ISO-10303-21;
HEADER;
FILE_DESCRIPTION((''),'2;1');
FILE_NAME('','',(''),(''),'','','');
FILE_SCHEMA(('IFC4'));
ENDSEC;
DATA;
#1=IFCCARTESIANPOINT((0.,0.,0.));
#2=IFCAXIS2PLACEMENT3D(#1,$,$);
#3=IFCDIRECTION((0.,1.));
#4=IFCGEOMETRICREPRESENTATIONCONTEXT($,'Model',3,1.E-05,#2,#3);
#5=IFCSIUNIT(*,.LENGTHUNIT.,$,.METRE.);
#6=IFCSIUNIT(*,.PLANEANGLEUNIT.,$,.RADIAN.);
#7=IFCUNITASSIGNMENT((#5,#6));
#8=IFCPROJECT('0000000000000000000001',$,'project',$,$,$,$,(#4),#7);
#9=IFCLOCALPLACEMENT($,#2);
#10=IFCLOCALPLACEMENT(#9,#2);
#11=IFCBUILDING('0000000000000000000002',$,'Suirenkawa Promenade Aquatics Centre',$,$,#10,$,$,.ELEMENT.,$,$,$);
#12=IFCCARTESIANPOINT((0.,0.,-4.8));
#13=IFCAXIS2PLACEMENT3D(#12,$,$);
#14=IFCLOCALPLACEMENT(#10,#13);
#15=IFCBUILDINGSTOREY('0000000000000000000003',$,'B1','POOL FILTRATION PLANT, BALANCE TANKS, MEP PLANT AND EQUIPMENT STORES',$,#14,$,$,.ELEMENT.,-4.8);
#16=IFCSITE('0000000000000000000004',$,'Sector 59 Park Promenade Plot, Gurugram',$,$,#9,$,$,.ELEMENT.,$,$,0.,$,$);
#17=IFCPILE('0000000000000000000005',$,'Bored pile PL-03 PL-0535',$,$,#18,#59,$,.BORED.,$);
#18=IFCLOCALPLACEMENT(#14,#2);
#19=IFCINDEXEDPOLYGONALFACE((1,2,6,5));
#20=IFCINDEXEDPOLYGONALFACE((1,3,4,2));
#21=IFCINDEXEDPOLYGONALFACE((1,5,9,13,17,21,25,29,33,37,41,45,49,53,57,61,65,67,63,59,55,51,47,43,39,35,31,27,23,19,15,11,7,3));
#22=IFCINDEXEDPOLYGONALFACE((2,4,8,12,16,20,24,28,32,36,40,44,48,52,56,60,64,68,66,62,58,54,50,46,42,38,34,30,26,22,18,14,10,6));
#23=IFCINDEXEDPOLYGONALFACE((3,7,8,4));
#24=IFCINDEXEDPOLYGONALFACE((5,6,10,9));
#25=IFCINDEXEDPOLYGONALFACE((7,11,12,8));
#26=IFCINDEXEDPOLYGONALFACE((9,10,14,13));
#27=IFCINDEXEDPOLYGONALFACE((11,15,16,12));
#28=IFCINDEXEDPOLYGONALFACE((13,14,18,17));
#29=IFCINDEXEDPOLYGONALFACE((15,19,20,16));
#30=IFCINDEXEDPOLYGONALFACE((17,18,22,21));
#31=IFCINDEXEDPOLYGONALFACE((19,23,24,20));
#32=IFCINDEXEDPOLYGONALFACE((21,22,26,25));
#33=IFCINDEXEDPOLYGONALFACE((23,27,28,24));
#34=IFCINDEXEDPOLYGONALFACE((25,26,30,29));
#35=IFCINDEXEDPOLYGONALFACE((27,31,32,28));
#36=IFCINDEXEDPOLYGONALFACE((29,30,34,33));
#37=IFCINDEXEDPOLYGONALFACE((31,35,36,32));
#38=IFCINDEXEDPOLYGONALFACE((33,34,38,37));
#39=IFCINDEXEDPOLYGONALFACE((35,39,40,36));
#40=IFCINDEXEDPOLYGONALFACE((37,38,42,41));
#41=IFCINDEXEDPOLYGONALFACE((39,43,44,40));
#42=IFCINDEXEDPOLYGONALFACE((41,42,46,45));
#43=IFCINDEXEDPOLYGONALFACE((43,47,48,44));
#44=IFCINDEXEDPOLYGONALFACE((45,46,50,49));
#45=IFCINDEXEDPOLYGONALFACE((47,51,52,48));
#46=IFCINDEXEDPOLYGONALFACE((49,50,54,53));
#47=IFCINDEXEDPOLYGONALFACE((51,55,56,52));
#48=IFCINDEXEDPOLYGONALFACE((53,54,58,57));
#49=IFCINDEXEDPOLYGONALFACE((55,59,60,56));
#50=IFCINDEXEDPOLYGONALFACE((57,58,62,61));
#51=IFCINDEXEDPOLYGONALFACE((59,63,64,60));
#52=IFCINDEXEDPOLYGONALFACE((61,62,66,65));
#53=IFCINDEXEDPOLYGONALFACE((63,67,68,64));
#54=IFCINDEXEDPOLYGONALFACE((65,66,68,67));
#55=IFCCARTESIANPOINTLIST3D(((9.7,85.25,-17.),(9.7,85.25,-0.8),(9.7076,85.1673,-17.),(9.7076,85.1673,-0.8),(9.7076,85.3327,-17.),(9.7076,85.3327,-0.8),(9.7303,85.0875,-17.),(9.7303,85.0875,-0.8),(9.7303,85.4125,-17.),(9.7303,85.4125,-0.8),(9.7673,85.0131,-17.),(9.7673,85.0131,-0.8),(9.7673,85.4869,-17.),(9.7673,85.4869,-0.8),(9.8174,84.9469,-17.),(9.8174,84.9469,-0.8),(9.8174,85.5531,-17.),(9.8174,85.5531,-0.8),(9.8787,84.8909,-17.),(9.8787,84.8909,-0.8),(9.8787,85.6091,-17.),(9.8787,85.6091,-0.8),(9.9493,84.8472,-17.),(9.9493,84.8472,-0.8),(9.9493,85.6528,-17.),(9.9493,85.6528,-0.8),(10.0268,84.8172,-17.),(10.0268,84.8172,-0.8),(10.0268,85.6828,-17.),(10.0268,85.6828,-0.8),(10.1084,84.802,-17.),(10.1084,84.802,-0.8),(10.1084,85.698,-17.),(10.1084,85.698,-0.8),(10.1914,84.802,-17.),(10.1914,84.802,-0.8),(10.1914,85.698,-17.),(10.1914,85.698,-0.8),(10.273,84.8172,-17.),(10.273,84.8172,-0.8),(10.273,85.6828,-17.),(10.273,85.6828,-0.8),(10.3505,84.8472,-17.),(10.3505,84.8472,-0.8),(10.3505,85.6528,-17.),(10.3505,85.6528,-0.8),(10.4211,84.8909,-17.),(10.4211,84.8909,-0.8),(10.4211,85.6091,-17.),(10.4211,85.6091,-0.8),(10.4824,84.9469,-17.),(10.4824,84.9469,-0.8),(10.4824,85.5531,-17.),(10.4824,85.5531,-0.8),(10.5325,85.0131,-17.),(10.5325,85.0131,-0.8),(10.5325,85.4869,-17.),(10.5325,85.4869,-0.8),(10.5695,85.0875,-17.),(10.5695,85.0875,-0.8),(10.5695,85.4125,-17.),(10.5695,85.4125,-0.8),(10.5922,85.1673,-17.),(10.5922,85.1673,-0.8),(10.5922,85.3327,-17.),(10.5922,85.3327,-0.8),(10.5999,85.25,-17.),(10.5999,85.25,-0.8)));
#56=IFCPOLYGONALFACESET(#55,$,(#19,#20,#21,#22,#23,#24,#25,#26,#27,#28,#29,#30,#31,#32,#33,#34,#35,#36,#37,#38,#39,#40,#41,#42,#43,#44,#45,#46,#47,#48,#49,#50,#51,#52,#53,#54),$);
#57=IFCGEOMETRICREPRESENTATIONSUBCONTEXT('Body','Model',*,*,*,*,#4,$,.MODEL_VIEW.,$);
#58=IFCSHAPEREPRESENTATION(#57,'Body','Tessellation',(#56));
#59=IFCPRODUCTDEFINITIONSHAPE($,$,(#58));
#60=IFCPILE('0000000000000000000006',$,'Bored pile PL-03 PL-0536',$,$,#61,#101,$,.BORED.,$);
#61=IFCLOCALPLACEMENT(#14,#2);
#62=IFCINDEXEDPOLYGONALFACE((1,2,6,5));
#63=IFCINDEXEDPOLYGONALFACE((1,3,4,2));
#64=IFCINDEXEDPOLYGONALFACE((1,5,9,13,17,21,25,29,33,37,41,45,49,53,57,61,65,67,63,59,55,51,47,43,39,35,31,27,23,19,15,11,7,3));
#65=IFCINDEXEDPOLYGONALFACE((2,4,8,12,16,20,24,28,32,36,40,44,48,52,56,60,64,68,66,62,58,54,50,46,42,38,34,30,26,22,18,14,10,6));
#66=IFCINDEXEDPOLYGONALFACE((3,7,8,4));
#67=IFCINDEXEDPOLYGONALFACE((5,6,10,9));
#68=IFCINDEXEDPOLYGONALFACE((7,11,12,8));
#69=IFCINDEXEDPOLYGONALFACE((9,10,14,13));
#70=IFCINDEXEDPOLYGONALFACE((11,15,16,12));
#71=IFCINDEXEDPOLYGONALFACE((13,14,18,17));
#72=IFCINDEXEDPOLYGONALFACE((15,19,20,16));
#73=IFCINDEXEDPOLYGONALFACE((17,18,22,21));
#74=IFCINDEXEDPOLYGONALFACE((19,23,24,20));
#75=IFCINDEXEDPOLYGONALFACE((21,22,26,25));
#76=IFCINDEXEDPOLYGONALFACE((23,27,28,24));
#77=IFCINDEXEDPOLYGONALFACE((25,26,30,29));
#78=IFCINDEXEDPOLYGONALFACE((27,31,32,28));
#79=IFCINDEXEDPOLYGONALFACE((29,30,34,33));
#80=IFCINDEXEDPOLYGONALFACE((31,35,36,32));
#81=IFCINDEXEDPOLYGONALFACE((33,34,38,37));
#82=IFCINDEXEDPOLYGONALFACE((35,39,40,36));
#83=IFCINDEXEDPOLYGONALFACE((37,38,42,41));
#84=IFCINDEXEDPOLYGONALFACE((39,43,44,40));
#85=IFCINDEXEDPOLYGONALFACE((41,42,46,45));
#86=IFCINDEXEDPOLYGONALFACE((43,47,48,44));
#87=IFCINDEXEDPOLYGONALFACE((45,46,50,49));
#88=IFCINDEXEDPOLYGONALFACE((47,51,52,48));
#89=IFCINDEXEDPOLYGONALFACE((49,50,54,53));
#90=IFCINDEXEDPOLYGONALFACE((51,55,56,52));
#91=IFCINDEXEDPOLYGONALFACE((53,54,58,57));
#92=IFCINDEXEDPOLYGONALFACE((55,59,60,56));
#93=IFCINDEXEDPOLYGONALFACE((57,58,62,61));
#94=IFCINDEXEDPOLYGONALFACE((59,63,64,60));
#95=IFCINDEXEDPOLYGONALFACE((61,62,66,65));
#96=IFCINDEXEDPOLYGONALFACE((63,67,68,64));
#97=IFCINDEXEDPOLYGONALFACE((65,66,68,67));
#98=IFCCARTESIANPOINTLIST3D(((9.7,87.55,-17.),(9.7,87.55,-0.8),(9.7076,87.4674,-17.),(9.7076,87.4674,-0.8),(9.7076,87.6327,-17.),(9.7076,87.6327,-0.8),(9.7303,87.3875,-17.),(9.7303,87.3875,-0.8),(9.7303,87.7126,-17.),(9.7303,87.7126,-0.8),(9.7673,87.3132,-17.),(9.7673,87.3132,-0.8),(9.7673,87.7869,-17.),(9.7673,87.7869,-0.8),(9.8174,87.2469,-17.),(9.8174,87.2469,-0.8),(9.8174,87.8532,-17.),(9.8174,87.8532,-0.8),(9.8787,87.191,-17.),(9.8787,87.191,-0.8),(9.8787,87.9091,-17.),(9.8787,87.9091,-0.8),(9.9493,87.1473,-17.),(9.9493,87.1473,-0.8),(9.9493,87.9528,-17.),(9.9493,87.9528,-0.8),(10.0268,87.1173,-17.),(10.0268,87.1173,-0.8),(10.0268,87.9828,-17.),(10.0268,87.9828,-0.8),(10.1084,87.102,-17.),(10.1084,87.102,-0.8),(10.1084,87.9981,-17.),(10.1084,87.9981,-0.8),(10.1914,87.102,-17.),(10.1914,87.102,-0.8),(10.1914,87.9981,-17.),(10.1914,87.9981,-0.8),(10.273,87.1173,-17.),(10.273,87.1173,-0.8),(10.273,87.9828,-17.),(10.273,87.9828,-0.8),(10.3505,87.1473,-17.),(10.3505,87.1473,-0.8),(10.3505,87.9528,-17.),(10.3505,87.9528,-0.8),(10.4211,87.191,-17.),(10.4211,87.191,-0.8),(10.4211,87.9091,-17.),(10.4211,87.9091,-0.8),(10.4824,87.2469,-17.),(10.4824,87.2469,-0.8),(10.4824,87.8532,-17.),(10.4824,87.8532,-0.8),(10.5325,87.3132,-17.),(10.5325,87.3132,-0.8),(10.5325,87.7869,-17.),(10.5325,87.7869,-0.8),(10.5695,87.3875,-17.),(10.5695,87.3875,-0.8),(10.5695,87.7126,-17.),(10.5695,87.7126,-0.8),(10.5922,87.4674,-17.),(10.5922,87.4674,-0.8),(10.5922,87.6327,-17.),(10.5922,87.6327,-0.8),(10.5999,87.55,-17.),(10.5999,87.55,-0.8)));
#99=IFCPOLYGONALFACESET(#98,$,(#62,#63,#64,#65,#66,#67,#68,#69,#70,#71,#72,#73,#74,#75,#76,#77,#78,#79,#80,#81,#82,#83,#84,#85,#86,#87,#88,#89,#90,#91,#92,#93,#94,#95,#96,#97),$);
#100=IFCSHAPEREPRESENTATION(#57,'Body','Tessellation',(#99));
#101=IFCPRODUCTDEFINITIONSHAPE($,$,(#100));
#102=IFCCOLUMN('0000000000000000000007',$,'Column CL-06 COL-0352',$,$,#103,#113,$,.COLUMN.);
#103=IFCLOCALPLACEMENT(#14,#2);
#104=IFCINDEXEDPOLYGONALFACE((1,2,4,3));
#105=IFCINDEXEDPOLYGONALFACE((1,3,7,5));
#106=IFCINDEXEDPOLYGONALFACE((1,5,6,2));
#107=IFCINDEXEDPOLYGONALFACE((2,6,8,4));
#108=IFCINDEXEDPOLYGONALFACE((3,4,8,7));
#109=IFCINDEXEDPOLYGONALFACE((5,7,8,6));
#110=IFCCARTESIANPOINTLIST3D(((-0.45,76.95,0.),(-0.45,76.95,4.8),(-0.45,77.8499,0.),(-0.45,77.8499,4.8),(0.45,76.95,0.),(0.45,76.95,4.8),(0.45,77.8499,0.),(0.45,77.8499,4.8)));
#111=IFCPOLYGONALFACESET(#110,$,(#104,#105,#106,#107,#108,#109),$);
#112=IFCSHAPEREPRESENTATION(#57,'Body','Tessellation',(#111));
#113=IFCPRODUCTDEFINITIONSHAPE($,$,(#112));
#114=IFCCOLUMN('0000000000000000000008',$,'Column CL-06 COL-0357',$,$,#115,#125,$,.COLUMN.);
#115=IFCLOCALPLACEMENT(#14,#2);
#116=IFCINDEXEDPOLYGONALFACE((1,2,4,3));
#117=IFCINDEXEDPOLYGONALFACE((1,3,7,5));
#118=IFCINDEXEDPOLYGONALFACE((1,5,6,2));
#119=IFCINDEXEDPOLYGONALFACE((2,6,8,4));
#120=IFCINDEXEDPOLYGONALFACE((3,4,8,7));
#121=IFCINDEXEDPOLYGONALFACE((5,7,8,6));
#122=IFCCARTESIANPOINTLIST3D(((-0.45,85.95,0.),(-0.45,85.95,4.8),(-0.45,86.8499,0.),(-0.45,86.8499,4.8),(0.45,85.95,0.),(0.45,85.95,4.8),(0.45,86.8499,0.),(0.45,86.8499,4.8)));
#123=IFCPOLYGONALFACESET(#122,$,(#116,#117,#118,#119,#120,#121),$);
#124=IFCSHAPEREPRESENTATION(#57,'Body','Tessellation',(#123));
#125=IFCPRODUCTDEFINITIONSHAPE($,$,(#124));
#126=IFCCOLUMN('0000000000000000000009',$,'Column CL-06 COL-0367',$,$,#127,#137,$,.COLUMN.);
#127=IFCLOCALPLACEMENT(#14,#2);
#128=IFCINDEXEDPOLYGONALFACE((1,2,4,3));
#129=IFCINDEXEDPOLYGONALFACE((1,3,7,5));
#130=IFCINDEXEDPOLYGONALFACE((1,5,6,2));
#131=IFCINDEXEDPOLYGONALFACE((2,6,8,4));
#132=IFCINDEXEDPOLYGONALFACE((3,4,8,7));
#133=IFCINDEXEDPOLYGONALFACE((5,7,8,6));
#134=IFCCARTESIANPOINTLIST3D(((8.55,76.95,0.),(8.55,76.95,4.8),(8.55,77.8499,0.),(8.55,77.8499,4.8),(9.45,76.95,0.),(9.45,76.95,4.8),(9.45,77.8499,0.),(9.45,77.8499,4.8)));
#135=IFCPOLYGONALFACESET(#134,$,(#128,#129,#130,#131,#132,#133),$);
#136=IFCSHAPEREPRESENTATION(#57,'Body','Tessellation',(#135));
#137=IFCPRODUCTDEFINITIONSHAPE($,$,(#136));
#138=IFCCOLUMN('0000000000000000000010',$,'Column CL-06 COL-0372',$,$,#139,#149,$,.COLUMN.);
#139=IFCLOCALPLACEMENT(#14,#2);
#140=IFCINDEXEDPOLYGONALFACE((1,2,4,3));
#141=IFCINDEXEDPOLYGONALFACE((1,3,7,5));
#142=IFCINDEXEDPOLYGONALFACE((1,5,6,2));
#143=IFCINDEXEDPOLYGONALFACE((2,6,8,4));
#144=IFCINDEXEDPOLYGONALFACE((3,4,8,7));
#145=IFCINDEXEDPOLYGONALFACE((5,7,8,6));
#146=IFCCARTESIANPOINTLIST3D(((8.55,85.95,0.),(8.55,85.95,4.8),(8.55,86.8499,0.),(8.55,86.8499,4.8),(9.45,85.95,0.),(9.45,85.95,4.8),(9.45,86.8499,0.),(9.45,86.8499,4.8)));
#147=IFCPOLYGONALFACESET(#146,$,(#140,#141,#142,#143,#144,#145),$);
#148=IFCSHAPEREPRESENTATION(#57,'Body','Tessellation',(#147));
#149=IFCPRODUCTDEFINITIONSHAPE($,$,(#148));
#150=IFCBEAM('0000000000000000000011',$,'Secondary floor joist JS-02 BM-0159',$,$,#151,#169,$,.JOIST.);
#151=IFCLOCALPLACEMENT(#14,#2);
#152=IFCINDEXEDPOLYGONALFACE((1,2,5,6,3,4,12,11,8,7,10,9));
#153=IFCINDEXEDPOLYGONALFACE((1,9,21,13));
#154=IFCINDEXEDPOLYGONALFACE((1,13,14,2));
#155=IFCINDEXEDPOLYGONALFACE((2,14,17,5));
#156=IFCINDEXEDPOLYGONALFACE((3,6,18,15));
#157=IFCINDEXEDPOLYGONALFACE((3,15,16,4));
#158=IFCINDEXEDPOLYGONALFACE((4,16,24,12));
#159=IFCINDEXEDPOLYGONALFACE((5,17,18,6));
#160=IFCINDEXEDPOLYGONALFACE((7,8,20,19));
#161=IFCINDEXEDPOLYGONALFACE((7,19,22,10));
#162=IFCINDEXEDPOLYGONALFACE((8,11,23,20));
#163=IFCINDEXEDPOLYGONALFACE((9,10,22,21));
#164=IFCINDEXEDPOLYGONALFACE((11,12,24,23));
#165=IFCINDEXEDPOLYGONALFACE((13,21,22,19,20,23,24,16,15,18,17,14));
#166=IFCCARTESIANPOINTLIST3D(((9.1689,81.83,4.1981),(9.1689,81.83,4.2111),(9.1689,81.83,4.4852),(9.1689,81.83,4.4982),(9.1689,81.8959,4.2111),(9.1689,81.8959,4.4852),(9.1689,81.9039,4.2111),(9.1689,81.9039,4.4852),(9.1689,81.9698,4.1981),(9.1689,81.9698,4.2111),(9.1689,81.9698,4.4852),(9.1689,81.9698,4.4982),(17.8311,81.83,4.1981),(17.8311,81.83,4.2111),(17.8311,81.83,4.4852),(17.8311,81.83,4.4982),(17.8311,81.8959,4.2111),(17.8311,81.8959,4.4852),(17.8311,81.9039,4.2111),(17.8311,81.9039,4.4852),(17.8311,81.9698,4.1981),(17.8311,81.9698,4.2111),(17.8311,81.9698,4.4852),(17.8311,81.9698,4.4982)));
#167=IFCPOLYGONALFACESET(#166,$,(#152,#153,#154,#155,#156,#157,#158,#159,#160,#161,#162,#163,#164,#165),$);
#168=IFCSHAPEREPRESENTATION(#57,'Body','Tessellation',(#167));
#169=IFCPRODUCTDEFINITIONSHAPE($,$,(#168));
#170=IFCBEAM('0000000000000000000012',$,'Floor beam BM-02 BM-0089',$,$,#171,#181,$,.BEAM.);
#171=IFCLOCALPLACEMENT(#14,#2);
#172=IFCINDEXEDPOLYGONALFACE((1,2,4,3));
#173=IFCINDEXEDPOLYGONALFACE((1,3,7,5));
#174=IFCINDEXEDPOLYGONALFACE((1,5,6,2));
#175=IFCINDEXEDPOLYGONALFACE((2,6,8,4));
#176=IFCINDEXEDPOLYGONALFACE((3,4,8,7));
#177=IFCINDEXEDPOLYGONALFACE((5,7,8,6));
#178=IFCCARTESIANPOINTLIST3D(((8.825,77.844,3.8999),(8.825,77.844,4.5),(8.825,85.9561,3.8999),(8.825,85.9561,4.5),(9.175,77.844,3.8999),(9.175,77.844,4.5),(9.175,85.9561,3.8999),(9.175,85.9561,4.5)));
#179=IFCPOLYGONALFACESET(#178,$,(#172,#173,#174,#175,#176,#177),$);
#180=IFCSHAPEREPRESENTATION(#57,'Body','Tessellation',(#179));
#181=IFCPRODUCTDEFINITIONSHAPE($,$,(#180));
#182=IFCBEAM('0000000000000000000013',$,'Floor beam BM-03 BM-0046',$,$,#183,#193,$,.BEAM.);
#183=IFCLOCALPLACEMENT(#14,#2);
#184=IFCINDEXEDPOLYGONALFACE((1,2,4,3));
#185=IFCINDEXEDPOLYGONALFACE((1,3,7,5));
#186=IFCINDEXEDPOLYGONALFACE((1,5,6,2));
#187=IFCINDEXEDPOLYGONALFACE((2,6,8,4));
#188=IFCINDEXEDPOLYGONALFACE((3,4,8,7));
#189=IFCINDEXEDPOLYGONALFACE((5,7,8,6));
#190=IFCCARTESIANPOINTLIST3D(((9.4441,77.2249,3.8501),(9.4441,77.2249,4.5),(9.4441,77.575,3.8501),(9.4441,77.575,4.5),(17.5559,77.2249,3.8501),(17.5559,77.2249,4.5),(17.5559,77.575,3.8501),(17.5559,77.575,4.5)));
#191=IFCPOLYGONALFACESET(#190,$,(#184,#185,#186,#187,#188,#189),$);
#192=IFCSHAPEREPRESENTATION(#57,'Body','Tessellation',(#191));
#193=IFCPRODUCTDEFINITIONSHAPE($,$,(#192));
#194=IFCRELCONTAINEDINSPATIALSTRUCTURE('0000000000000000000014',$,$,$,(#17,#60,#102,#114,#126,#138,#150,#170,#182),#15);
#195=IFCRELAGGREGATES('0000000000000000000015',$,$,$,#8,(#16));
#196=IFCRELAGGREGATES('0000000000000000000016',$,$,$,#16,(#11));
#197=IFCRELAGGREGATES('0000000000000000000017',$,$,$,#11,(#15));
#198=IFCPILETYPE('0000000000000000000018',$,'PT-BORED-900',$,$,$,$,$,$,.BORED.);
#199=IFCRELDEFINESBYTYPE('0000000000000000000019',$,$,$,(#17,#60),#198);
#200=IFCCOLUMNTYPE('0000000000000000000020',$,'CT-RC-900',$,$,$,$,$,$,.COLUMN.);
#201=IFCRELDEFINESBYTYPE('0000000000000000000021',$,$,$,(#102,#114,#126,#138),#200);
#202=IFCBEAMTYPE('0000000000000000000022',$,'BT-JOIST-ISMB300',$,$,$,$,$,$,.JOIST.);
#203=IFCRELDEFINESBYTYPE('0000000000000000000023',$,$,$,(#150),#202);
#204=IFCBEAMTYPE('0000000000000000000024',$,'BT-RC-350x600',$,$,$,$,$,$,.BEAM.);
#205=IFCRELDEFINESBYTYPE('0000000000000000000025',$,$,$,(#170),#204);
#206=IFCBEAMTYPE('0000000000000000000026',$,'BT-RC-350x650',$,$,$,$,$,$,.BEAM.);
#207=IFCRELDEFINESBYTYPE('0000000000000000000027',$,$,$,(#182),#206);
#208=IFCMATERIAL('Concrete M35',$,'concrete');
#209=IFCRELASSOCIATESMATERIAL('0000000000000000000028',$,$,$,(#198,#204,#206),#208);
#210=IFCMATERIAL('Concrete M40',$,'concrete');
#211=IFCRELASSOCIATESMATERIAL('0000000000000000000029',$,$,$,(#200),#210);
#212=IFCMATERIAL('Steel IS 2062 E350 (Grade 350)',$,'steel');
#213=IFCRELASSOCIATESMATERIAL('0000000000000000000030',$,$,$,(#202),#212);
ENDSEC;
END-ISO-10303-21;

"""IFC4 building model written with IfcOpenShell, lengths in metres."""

from ifc_helpers import new_model, si_unit, direction, frame, origin, origin_2d, place, context, subcontext, project, spatial, rectangle, circle, i_section, extrude, material, material_profile, profile_set, type_object, element, save


model = new_model("IFC4")

# Units and contexts
model_context = context("Model", 3, precision=1e-05, world=origin(), true_north=direction((0.0, 1.0)))
body_context = subcontext(model_context, "Body", "Model", "MODEL_VIEW")
ifc_project = project(units=[si_unit("LENGTHUNIT", "METRE"), si_unit("PLANEANGLEUNIT", "RADIAN")], contexts=[model_context])

# Site, building, storey
site_placement = place(None, origin())
site = spatial("IfcSite", under=ifc_project, at=site_placement, Name="Sector 59 Park Promenade Plot, Gurugram", CompositionType="ELEMENT", RefElevation=0.0)
building_placement = place(site_placement, origin())
building = spatial("IfcBuilding", under=site, at=building_placement, Name="Suirenkawa Promenade Aquatics Centre", CompositionType="ELEMENT")
storey_placement = place(building_placement, frame((0.0, 0.0, -4.8)))
storey = spatial("IfcBuildingStorey", under=building, at=storey_placement, Name="B1", Description="POOL FILTRATION PLANT, BALANCE TANKS, MEP PLANT AND EQUIPMENT STORES", CompositionType="ELEMENT", Elevation=-4.8)

# Shared definitions
ifc_material_1 = material(Name="Concrete M35", Category="concrete")

# Piles
ifc_material_profile_1 = material_profile(ifc_material_1, circle(Radius=0.45, at=origin_2d()), Name="PILE D900", Category="concrete")
ifc_profile_set_1 = profile_set([ifc_material_profile_1], Name="Concrete M35")
pile_type_1 = type_object("IfcPileType", Name="PT-BORED-900", PredefinedType="BORED", material=ifc_profile_set_1)
for number, where, z_axis, x_axis, name in (
    (1, (10.1499, 85.25, -0.8), (0.0, 0.0, -1.0), (1.0, 0.0, 0.0), "Bored pile PL-03 PL-0535"),
    (2, (10.1499, 87.55, -0.8), (0.0, 0.0, -1.0), (1.0, 0.0, 0.0), "Bored pile PL-03 PL-0536"),
):
    element("IfcPile", number, at=place(storey_placement, frame(where, z_axis=z_axis, x_axis=x_axis)), inside=storey, type_object=pile_type_1, Name=name, PredefinedType="BORED", context=body_context, shape_type="SweptSolid", body=[
        extrude(circle(Radius=0.45, at=origin_2d()), origin(), (0.0, 0.0, 1.0), 16.2),
    ])

# Columns
ifc_material_2 = material(Name="Concrete M40", Category="concrete")
ifc_material_profile_2 = material_profile(ifc_material_2, rectangle(XDim=0.8999, YDim=0.8999, at=origin_2d()), Name="RC COL 900x900", Category="concrete")
ifc_profile_set_2 = profile_set([ifc_material_profile_2], Name="Concrete M40")
column_type = type_object("IfcColumnType", Name="CT-RC-900", PredefinedType="COLUMN", material=ifc_profile_set_2)
for number, where, z_axis, x_axis, name in (
    (3, (0.0, 77.3999, 0.0), (0.0, 0.0, 1.0), (1.0, 0.0, 0.0), "Column CL-06 COL-0352"),
    (4, (0.0, 86.3999, 0.0), (0.0, 0.0, 1.0), (1.0, 0.0, 0.0), "Column CL-06 COL-0357"),
    (5, (9.0, 77.3999, 0.0), (0.0, 0.0, 1.0), (1.0, 0.0, 0.0), "Column CL-06 COL-0367"),
    (6, (9.0, 86.3999, 0.0), (0.0, 0.0, 1.0), (1.0, 0.0, 0.0), "Column CL-06 COL-0372"),
):
    element("IfcColumn", number, at=place(storey_placement, frame(where, z_axis=z_axis, x_axis=x_axis)), inside=storey, type_object=column_type, Name=name, PredefinedType="COLUMN", context=body_context, shape_type="SweptSolid", body=[
        extrude(rectangle(XDim=0.8999, YDim=0.8999, at=origin_2d()), origin(), (0.0, 0.0, 1.0), 4.8),
    ])

# Beams
ifc_material_3 = material(Name="Steel IS 2062 E350 (Grade 350)", Category="steel")
ifc_material_profile_3 = material_profile(ifc_material_3, i_section(OverallWidth=0.1399, OverallDepth=0.3, WebThickness=0.0081, FlangeThickness=0.0129, at=origin_2d()), Name="ISMB 300", Category="steel")
ifc_profile_set_3 = profile_set([ifc_material_profile_3], Name="Steel IS 2062 E350 (Grade 350)")
beam_type_1 = type_object("IfcBeamType", Name="BT-JOIST-ISMB300", PredefinedType="JOIST", material=ifc_profile_set_3)
beam_1_placement = place(storey_placement, frame((9.1689, 81.8999, 4.3481), z_axis=(1.0, 0.0, 0.0), x_axis=(0.0, 1.0, 0.0)))
element("IfcBeam", 7, at=beam_1_placement, inside=storey, type_object=beam_type_1, Name="Secondary floor joist JS-02 BM-0159", PredefinedType="JOIST", context=body_context, shape_type="SweptSolid", body=[
    extrude(i_section(OverallWidth=0.1399, OverallDepth=0.3, WebThickness=0.0081, FlangeThickness=0.0129, at=origin_2d()), origin(), (0.0, 0.0, 1.0), 8.6621),
])
ifc_material_profile_4 = material_profile(ifc_material_1, rectangle(XDim=0.3501, YDim=0.6001, at=origin_2d()), Name="RC BM 350x600", Category="concrete")
ifc_profile_set_4 = profile_set([ifc_material_profile_4], Name="Concrete M35")
beam_type_2 = type_object("IfcBeamType", Name="BT-RC-350x600", PredefinedType="BEAM", material=ifc_profile_set_4)
beam_2_placement = place(storey_placement, frame((9.0, 77.844, 4.2), z_axis=(0.0, 1.0, 0.0), x_axis=(-1.0, 0.0, 0.0)))
element("IfcBeam", 8, at=beam_2_placement, inside=storey, type_object=beam_type_2, Name="Floor beam BM-02 BM-0089", PredefinedType="BEAM", context=body_context, shape_type="SweptSolid", body=[
    extrude(rectangle(XDim=0.3501, YDim=0.6001, at=origin_2d()), origin(), (0.0, 0.0, 1.0), 8.1121),
])
ifc_material_profile_5 = material_profile(ifc_material_1, rectangle(XDim=0.3501, YDim=0.6499, at=origin_2d()), Name="RC BM 350x650", Category="concrete")
ifc_profile_set_5 = profile_set([ifc_material_profile_5], Name="Concrete M35")
beam_type_3 = type_object("IfcBeamType", Name="BT-RC-350x650", PredefinedType="BEAM", material=ifc_profile_set_5)
for number, where, z_axis, x_axis, name in (
    (9, (9.4441, 77.3999, 4.175), (1.0, 0.0, 0.0), (0.0, 1.0, 0.0), "Floor beam BM-03 BM-0046"),
):
    element("IfcBeam", number, at=place(storey_placement, frame(where, z_axis=z_axis, x_axis=x_axis)), inside=storey, type_object=beam_type_3, Name=name, PredefinedType="BEAM", context=body_context, shape_type="SweptSolid", body=[
        extrude(rectangle(XDim=0.3501, YDim=0.6499, at=origin_2d()), origin(), (0.0, 0.0, 1.0), 8.1118),
    ])

save(model, "model.ifc")
